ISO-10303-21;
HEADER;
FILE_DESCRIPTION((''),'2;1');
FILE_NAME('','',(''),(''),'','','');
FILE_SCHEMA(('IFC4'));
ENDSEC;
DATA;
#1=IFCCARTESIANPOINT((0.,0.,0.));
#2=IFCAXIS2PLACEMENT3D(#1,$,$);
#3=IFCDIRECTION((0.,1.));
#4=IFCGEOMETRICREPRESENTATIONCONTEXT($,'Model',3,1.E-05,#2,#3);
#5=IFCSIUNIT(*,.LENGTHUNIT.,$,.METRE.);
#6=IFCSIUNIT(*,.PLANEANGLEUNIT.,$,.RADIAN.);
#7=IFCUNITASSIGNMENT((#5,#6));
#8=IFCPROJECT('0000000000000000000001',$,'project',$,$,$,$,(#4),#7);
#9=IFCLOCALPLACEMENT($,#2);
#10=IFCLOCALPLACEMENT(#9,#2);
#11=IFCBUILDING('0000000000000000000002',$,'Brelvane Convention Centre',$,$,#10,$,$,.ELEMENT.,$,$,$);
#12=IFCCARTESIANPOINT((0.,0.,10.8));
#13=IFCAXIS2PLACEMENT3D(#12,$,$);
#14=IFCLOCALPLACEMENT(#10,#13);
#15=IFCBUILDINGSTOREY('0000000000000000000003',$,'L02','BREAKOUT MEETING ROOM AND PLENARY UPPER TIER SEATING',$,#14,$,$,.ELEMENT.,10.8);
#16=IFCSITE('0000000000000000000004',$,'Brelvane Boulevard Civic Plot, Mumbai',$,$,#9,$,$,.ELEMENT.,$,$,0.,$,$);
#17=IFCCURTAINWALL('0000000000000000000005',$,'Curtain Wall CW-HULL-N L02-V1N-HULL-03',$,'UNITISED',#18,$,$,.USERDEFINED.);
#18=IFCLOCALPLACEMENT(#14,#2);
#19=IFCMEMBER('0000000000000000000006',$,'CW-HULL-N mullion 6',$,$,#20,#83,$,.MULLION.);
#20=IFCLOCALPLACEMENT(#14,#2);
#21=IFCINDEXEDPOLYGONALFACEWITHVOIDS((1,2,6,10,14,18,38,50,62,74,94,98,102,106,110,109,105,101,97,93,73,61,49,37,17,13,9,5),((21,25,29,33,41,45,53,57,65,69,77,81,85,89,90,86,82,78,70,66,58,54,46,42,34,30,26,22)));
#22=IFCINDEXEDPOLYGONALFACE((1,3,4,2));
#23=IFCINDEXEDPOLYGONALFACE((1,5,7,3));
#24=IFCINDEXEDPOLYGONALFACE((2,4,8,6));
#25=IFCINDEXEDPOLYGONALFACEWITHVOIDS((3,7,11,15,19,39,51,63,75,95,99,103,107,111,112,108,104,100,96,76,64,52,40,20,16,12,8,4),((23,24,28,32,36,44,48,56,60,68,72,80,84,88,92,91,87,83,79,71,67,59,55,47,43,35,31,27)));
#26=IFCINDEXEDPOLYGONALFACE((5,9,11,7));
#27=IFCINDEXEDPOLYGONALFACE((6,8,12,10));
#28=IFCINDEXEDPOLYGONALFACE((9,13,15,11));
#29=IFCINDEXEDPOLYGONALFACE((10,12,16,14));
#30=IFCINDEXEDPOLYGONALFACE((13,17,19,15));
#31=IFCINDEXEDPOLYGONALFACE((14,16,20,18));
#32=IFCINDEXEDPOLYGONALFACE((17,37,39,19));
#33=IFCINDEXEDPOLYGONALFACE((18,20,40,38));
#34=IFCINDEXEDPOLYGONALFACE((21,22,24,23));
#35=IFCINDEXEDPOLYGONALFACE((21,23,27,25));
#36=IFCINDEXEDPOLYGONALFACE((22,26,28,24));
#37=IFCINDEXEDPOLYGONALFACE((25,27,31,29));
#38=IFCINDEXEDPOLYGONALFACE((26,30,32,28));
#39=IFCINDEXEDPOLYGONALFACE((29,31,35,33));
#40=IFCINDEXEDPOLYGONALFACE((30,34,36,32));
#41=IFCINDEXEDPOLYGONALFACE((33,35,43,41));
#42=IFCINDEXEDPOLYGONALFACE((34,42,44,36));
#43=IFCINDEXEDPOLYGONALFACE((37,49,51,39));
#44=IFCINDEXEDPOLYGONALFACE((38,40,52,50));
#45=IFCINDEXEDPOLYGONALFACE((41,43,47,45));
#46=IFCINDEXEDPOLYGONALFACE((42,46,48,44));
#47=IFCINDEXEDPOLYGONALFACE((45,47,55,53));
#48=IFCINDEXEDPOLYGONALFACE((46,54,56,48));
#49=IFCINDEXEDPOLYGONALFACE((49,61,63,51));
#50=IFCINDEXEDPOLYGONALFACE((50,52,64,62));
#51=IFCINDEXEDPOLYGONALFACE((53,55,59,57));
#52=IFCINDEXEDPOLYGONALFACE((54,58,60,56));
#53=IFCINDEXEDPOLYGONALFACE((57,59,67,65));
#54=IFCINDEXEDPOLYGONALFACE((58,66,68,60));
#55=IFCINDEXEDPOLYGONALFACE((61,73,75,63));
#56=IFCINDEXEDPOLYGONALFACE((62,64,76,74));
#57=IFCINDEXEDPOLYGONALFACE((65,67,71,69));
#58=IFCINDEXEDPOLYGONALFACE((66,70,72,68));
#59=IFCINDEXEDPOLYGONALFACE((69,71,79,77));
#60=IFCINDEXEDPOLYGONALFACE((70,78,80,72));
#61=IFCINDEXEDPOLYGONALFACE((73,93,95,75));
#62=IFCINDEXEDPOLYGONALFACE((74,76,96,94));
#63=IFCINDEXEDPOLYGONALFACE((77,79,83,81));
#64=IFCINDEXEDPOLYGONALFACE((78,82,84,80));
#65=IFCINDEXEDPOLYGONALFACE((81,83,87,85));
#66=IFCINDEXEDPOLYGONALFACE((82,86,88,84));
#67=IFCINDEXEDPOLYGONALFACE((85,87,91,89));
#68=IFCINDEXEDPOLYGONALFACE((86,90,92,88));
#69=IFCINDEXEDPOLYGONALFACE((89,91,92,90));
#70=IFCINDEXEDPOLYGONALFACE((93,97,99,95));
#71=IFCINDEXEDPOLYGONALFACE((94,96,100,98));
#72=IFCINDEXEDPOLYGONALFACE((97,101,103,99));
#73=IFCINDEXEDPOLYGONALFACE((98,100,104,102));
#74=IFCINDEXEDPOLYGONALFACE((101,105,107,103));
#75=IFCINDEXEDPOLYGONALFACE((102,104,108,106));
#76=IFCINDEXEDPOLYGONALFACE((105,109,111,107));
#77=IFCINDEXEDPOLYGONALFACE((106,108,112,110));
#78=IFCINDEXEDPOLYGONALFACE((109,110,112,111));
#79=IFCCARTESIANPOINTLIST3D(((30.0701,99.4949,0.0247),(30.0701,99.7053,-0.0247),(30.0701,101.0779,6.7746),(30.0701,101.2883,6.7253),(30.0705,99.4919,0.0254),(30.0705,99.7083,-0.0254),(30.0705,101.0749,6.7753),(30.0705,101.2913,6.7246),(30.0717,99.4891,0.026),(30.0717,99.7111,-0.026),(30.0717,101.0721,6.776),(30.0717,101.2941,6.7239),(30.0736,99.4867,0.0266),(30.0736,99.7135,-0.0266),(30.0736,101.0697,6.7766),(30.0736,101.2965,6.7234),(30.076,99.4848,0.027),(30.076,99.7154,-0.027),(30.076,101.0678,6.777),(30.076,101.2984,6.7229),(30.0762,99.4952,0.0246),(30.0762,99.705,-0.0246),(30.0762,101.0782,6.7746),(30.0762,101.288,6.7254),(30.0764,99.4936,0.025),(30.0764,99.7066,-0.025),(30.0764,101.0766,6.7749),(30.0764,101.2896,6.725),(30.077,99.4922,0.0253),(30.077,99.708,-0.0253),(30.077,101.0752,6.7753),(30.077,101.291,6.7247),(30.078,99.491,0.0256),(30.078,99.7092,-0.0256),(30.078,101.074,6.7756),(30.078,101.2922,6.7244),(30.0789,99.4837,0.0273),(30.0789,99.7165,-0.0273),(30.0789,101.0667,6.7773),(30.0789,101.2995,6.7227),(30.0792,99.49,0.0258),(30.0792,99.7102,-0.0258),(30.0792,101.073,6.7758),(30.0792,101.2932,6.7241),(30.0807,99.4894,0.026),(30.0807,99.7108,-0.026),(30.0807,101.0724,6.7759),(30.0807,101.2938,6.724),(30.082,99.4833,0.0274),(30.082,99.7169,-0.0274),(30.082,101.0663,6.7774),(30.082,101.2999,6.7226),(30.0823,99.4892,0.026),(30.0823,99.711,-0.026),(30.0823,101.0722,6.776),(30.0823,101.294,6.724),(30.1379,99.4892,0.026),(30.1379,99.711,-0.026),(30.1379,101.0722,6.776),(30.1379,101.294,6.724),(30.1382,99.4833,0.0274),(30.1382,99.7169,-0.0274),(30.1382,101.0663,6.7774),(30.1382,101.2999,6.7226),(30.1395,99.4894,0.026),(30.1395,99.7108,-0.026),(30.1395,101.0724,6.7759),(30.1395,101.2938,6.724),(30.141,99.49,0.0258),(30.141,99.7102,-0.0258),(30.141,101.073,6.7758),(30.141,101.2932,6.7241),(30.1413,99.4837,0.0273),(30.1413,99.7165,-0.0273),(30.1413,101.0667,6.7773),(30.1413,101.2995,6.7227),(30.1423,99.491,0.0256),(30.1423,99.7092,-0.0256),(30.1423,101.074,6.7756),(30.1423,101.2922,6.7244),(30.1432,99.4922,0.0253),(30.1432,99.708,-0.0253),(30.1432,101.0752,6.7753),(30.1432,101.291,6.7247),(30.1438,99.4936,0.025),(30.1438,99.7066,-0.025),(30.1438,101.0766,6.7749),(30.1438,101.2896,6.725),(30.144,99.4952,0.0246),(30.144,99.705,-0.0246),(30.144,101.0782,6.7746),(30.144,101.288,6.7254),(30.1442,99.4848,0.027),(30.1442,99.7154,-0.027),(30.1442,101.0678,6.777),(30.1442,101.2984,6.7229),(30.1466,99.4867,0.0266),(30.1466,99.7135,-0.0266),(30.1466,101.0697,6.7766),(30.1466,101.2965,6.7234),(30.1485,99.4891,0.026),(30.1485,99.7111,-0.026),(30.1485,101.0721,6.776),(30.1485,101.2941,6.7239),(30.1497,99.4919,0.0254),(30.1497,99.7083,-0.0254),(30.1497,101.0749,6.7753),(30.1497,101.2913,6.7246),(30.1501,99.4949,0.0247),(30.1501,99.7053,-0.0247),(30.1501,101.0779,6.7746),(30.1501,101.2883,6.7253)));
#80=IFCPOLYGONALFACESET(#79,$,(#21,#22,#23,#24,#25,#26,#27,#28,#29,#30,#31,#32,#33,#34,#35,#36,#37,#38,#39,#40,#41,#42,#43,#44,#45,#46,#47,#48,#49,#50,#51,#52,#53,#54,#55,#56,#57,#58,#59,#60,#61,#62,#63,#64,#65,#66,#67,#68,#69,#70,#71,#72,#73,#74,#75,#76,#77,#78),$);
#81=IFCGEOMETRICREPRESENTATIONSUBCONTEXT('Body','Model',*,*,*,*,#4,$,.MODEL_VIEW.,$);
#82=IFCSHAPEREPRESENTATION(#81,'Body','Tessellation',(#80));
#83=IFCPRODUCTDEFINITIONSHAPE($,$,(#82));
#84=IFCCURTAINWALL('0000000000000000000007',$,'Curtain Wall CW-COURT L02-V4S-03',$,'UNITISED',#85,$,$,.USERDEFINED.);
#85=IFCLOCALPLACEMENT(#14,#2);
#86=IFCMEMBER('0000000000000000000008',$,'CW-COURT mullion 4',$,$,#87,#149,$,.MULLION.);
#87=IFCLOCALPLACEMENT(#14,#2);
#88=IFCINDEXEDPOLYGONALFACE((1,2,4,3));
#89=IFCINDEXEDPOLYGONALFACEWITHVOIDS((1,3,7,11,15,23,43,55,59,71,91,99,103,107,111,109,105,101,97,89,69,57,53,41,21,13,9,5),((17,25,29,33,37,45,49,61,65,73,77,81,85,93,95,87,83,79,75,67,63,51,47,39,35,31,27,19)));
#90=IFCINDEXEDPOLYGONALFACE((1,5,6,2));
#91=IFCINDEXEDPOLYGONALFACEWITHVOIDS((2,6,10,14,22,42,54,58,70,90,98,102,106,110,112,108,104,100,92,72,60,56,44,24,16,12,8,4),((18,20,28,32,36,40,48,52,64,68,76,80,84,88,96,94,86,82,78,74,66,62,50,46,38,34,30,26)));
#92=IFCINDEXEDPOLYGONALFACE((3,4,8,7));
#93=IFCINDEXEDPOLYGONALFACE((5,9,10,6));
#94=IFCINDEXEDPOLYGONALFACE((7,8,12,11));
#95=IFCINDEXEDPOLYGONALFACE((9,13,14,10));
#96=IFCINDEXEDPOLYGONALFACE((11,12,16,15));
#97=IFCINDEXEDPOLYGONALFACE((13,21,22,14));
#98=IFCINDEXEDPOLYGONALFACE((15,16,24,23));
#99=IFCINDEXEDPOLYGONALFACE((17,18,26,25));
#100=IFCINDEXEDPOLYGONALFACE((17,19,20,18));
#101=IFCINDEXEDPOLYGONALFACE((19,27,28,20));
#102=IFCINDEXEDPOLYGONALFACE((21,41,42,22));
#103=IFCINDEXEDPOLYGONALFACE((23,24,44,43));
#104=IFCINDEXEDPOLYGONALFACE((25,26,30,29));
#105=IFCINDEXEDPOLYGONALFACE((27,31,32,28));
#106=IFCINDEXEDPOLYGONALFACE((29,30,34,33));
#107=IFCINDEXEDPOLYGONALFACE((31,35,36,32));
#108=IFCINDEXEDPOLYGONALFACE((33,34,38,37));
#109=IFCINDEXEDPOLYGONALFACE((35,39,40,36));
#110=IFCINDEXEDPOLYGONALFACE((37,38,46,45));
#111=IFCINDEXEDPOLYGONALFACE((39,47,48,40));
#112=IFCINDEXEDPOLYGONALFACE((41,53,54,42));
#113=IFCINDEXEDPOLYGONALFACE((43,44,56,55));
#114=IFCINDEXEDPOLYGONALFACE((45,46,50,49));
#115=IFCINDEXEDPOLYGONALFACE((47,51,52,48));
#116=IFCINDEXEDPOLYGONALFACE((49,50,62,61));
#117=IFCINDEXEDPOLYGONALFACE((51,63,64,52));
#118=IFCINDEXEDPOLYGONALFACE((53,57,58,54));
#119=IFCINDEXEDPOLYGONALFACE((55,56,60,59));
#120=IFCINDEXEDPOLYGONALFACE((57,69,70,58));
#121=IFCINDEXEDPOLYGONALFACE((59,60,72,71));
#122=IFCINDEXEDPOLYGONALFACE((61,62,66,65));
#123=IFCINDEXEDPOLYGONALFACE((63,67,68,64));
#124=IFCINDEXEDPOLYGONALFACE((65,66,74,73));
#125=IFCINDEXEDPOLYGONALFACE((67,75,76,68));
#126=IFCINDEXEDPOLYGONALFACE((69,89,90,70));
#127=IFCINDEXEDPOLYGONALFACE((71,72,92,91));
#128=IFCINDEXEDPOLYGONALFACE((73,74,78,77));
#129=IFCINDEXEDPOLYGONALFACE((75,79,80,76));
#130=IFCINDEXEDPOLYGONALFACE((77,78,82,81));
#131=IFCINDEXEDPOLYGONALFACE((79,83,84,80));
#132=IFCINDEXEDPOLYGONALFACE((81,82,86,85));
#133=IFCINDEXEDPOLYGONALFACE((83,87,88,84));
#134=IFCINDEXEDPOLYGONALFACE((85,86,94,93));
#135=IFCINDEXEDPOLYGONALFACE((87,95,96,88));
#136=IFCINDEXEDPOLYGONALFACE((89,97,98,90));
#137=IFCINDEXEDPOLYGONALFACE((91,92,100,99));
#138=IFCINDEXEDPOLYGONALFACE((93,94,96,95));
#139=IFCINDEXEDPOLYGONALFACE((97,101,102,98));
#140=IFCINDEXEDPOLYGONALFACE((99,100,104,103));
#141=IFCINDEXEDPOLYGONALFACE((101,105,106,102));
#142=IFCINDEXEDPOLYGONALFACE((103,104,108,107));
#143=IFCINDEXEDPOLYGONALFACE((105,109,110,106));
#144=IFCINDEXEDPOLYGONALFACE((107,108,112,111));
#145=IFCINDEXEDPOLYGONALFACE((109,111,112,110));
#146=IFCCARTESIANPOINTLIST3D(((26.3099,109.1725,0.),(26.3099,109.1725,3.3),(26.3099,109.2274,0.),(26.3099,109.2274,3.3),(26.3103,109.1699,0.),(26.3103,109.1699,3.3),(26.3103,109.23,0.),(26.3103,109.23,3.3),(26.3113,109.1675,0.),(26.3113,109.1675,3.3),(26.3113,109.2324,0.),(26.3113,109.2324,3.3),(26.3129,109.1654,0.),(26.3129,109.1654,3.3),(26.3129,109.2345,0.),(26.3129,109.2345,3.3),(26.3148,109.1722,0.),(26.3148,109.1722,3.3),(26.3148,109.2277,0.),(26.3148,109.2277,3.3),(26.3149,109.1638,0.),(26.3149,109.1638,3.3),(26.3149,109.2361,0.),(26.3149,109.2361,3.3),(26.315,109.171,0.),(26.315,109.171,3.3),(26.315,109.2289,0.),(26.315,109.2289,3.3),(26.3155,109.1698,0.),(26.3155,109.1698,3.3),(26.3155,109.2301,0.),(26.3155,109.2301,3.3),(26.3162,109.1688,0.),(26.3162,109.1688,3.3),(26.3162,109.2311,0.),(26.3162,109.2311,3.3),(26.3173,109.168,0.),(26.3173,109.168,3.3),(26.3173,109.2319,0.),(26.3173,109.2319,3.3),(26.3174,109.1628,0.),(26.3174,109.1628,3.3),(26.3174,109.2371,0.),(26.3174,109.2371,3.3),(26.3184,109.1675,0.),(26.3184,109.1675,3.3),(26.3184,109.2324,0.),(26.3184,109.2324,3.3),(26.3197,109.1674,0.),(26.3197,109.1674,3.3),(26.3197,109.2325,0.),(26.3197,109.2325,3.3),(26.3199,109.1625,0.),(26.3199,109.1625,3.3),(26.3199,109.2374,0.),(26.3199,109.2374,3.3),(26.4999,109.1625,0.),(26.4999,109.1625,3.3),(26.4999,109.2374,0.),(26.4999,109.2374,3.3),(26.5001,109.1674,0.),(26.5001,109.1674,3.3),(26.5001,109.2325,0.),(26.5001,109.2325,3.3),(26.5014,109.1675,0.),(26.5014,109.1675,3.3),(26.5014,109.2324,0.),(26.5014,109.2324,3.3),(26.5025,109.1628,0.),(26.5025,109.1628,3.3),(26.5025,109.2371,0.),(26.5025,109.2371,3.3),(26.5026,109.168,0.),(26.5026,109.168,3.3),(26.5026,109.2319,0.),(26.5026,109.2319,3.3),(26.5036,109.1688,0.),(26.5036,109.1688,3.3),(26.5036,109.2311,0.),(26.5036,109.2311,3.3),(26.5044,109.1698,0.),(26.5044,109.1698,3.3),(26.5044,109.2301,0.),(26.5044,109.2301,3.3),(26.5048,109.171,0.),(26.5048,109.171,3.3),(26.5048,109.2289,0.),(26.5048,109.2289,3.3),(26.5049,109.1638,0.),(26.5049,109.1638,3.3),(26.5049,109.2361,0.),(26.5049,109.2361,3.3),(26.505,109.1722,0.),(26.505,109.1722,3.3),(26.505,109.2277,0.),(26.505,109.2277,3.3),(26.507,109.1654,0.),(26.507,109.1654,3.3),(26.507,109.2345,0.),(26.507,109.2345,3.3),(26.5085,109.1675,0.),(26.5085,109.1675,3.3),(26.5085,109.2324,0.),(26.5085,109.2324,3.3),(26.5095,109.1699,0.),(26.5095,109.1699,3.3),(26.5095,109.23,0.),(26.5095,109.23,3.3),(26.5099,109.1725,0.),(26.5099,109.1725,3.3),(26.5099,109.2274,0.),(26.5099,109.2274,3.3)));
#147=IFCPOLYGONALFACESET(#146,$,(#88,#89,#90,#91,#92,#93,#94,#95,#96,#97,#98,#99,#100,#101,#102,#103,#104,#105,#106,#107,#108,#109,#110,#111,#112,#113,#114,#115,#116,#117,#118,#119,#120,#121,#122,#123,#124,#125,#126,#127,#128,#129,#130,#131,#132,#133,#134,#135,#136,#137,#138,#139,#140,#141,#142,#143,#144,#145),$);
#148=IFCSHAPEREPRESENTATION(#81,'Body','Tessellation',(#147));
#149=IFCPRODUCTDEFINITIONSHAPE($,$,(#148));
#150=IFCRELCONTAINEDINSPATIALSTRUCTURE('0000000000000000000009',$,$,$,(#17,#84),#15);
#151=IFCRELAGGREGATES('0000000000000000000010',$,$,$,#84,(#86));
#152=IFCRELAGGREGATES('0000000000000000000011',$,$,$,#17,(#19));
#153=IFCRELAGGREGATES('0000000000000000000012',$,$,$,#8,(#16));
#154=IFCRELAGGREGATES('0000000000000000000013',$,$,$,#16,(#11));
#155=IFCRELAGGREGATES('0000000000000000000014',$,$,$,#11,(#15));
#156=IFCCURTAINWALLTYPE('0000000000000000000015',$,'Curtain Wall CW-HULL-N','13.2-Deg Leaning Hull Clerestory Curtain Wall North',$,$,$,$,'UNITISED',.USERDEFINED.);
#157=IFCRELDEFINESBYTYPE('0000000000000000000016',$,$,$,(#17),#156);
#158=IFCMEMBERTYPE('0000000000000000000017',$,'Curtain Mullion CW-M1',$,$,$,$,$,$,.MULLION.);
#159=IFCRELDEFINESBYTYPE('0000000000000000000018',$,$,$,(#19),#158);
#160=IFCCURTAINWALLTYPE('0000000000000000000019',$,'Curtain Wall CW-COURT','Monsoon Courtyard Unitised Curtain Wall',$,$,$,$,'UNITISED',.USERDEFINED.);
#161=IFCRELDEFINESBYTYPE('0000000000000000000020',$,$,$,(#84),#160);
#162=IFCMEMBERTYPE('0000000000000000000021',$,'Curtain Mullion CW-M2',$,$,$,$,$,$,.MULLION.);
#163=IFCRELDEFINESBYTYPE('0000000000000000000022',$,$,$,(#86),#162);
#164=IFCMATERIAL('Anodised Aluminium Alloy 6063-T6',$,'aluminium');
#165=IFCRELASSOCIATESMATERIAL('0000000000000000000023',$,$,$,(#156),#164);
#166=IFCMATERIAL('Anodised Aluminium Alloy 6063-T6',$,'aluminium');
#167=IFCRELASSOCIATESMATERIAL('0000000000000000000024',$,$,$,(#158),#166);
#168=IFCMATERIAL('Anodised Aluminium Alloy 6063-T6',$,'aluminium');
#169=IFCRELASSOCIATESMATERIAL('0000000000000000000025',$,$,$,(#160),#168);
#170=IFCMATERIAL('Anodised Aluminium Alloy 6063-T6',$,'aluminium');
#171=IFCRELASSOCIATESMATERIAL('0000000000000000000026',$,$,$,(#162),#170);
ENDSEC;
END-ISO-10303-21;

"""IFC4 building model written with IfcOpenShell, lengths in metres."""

from ifc_helpers import new_model, si_unit, direction, frame, origin, origin_2d, place, context, subcontext, project, spatial, hollow_rectangle, extrude, material, material_profile, profile_set, type_object, element, aggregate, save


model = new_model("IFC4")

# Units and contexts
model_context = context("Model", 3, precision=1e-05, world=origin(), true_north=direction((0.0, 1.0)))
body_context = subcontext(model_context, "Body", "Model", "MODEL_VIEW")
ifc_project = project(units=[si_unit("LENGTHUNIT", "METRE"), si_unit("PLANEANGLEUNIT", "RADIAN")], contexts=[model_context])

# Site, building, storey
site_placement = place(None, origin())
site = spatial("IfcSite", under=ifc_project, at=site_placement, Name="Brelvane Boulevard Civic Plot, Mumbai", CompositionType="ELEMENT", RefElevation=0.0)
building_placement = place(site_placement, origin())
building = spatial("IfcBuilding", under=site, at=building_placement, Name="Brelvane Convention Centre", CompositionType="ELEMENT")
storey_placement = place(building_placement, frame((0.0, 0.0, 10.8)))
storey = spatial("IfcBuildingStorey", under=building, at=storey_placement, Name="L02", Description="BREAKOUT MEETING ROOM AND PLENARY UPPER TIER SEATING", CompositionType="ELEMENT", Elevation=10.8)

# Curtain wall, member
ifc_material_1 = material(Name="Anodised Aluminium Alloy 6063-T6", Category="aluminium")
curtain_wall_type_1 = type_object("IfcCurtainWallType", Name="Curtain Wall CW-HULL-N", Description="13.2-Deg Leaning Hull Clerestory Curtain Wall North", ElementType="UNITISED", PredefinedType="USERDEFINED", material=ifc_material_1)
curtain_wall_1_placement = place(storey_placement, origin())
curtain_wall_1 = element("IfcCurtainWall", 1, at=curtain_wall_1_placement, inside=storey, type_object=curtain_wall_type_1, Name="Curtain Wall CW-HULL-N L02-V1N-HULL-03", ObjectType="UNITISED", PredefinedType="USERDEFINED")
ifc_material_2 = material(Name="Anodised Aluminium Alloy 6063-T6", Category="aluminium")
ifc_material_profile_1 = material_profile(ifc_material_2, hollow_rectangle(XDim=0.0801, YDim=0.24, WallThickness=0.0061, InnerFilletRadius=0.0061, OuterFilletRadius=0.012, at=origin_2d()), Name="ALU-M 240x80x6.0")
ifc_profile_set_1 = profile_set([ifc_material_profile_1], Name="Anodised Aluminium Alloy 6063-T6")
member_type_1 = type_object("IfcMemberType", Name="Curtain Mullion CW-M1", PredefinedType="MULLION", material=ifc_profile_set_1)
member_1_placement = place(storey_placement, frame((30.1101, 99.6001, 0.0), z_axis=(0.0, 0.228325, 0.973585), x_axis=(-1.0, 0.0, 0.0)))
member_1 = element("IfcMember", 2, at=member_1_placement, type_object=member_type_1, Name="CW-HULL-N mullion 6", PredefinedType="MULLION", context=body_context, shape_type="SweptSolid", body=[
    extrude(hollow_rectangle(XDim=0.0801, YDim=0.24, WallThickness=0.0061, InnerFilletRadius=0.0061, OuterFilletRadius=0.012, at=origin_2d()), origin(), (0.0, 0.0, 1.0), 6.9331),
])

# Curtain wall, member
ifc_material_3 = material(Name="Anodised Aluminium Alloy 6063-T6", Category="aluminium")
curtain_wall_type_2 = type_object("IfcCurtainWallType", Name="Curtain Wall CW-COURT", Description="Monsoon Courtyard Unitised Curtain Wall", ElementType="UNITISED", PredefinedType="USERDEFINED", material=ifc_material_3)
curtain_wall_2_placement = place(storey_placement, origin())
curtain_wall_2 = element("IfcCurtainWall", 3, at=curtain_wall_2_placement, inside=storey, type_object=curtain_wall_type_2, Name="Curtain Wall CW-COURT L02-V4S-03", ObjectType="UNITISED", PredefinedType="USERDEFINED")
ifc_material_4 = material(Name="Anodised Aluminium Alloy 6063-T6", Category="aluminium")
ifc_material_profile_2 = material_profile(ifc_material_4, hollow_rectangle(XDim=0.075, YDim=0.2, WallThickness=0.0049, InnerFilletRadius=0.0049, OuterFilletRadius=0.01, at=origin_2d()), Name="ALU-M 200x75x5.0")
ifc_profile_set_2 = profile_set([ifc_material_profile_2], Name="Anodised Aluminium Alloy 6063-T6")
member_type_2 = type_object("IfcMemberType", Name="Curtain Mullion CW-M2", PredefinedType="MULLION", material=ifc_profile_set_2)
member_2_placement = place(storey_placement, frame((26.4099, 109.2, 0.0), z_axis=(0.0, 0.0, 1.0), x_axis=(0.0, 1.0, 0.0)))
member_2 = element("IfcMember", 4, at=member_2_placement, type_object=member_type_2, Name="CW-COURT mullion 4", PredefinedType="MULLION", context=body_context, shape_type="SweptSolid", body=[
    extrude(hollow_rectangle(XDim=0.075, YDim=0.2, WallThickness=0.0049, InnerFilletRadius=0.0049, OuterFilletRadius=0.01, at=origin_2d()), origin(), (0.0, 0.0, 1.0), 3.3),
])

aggregate(curtain_wall_2, [member_2])
aggregate(curtain_wall_1, [member_1])

save(model, "model.ifc")
